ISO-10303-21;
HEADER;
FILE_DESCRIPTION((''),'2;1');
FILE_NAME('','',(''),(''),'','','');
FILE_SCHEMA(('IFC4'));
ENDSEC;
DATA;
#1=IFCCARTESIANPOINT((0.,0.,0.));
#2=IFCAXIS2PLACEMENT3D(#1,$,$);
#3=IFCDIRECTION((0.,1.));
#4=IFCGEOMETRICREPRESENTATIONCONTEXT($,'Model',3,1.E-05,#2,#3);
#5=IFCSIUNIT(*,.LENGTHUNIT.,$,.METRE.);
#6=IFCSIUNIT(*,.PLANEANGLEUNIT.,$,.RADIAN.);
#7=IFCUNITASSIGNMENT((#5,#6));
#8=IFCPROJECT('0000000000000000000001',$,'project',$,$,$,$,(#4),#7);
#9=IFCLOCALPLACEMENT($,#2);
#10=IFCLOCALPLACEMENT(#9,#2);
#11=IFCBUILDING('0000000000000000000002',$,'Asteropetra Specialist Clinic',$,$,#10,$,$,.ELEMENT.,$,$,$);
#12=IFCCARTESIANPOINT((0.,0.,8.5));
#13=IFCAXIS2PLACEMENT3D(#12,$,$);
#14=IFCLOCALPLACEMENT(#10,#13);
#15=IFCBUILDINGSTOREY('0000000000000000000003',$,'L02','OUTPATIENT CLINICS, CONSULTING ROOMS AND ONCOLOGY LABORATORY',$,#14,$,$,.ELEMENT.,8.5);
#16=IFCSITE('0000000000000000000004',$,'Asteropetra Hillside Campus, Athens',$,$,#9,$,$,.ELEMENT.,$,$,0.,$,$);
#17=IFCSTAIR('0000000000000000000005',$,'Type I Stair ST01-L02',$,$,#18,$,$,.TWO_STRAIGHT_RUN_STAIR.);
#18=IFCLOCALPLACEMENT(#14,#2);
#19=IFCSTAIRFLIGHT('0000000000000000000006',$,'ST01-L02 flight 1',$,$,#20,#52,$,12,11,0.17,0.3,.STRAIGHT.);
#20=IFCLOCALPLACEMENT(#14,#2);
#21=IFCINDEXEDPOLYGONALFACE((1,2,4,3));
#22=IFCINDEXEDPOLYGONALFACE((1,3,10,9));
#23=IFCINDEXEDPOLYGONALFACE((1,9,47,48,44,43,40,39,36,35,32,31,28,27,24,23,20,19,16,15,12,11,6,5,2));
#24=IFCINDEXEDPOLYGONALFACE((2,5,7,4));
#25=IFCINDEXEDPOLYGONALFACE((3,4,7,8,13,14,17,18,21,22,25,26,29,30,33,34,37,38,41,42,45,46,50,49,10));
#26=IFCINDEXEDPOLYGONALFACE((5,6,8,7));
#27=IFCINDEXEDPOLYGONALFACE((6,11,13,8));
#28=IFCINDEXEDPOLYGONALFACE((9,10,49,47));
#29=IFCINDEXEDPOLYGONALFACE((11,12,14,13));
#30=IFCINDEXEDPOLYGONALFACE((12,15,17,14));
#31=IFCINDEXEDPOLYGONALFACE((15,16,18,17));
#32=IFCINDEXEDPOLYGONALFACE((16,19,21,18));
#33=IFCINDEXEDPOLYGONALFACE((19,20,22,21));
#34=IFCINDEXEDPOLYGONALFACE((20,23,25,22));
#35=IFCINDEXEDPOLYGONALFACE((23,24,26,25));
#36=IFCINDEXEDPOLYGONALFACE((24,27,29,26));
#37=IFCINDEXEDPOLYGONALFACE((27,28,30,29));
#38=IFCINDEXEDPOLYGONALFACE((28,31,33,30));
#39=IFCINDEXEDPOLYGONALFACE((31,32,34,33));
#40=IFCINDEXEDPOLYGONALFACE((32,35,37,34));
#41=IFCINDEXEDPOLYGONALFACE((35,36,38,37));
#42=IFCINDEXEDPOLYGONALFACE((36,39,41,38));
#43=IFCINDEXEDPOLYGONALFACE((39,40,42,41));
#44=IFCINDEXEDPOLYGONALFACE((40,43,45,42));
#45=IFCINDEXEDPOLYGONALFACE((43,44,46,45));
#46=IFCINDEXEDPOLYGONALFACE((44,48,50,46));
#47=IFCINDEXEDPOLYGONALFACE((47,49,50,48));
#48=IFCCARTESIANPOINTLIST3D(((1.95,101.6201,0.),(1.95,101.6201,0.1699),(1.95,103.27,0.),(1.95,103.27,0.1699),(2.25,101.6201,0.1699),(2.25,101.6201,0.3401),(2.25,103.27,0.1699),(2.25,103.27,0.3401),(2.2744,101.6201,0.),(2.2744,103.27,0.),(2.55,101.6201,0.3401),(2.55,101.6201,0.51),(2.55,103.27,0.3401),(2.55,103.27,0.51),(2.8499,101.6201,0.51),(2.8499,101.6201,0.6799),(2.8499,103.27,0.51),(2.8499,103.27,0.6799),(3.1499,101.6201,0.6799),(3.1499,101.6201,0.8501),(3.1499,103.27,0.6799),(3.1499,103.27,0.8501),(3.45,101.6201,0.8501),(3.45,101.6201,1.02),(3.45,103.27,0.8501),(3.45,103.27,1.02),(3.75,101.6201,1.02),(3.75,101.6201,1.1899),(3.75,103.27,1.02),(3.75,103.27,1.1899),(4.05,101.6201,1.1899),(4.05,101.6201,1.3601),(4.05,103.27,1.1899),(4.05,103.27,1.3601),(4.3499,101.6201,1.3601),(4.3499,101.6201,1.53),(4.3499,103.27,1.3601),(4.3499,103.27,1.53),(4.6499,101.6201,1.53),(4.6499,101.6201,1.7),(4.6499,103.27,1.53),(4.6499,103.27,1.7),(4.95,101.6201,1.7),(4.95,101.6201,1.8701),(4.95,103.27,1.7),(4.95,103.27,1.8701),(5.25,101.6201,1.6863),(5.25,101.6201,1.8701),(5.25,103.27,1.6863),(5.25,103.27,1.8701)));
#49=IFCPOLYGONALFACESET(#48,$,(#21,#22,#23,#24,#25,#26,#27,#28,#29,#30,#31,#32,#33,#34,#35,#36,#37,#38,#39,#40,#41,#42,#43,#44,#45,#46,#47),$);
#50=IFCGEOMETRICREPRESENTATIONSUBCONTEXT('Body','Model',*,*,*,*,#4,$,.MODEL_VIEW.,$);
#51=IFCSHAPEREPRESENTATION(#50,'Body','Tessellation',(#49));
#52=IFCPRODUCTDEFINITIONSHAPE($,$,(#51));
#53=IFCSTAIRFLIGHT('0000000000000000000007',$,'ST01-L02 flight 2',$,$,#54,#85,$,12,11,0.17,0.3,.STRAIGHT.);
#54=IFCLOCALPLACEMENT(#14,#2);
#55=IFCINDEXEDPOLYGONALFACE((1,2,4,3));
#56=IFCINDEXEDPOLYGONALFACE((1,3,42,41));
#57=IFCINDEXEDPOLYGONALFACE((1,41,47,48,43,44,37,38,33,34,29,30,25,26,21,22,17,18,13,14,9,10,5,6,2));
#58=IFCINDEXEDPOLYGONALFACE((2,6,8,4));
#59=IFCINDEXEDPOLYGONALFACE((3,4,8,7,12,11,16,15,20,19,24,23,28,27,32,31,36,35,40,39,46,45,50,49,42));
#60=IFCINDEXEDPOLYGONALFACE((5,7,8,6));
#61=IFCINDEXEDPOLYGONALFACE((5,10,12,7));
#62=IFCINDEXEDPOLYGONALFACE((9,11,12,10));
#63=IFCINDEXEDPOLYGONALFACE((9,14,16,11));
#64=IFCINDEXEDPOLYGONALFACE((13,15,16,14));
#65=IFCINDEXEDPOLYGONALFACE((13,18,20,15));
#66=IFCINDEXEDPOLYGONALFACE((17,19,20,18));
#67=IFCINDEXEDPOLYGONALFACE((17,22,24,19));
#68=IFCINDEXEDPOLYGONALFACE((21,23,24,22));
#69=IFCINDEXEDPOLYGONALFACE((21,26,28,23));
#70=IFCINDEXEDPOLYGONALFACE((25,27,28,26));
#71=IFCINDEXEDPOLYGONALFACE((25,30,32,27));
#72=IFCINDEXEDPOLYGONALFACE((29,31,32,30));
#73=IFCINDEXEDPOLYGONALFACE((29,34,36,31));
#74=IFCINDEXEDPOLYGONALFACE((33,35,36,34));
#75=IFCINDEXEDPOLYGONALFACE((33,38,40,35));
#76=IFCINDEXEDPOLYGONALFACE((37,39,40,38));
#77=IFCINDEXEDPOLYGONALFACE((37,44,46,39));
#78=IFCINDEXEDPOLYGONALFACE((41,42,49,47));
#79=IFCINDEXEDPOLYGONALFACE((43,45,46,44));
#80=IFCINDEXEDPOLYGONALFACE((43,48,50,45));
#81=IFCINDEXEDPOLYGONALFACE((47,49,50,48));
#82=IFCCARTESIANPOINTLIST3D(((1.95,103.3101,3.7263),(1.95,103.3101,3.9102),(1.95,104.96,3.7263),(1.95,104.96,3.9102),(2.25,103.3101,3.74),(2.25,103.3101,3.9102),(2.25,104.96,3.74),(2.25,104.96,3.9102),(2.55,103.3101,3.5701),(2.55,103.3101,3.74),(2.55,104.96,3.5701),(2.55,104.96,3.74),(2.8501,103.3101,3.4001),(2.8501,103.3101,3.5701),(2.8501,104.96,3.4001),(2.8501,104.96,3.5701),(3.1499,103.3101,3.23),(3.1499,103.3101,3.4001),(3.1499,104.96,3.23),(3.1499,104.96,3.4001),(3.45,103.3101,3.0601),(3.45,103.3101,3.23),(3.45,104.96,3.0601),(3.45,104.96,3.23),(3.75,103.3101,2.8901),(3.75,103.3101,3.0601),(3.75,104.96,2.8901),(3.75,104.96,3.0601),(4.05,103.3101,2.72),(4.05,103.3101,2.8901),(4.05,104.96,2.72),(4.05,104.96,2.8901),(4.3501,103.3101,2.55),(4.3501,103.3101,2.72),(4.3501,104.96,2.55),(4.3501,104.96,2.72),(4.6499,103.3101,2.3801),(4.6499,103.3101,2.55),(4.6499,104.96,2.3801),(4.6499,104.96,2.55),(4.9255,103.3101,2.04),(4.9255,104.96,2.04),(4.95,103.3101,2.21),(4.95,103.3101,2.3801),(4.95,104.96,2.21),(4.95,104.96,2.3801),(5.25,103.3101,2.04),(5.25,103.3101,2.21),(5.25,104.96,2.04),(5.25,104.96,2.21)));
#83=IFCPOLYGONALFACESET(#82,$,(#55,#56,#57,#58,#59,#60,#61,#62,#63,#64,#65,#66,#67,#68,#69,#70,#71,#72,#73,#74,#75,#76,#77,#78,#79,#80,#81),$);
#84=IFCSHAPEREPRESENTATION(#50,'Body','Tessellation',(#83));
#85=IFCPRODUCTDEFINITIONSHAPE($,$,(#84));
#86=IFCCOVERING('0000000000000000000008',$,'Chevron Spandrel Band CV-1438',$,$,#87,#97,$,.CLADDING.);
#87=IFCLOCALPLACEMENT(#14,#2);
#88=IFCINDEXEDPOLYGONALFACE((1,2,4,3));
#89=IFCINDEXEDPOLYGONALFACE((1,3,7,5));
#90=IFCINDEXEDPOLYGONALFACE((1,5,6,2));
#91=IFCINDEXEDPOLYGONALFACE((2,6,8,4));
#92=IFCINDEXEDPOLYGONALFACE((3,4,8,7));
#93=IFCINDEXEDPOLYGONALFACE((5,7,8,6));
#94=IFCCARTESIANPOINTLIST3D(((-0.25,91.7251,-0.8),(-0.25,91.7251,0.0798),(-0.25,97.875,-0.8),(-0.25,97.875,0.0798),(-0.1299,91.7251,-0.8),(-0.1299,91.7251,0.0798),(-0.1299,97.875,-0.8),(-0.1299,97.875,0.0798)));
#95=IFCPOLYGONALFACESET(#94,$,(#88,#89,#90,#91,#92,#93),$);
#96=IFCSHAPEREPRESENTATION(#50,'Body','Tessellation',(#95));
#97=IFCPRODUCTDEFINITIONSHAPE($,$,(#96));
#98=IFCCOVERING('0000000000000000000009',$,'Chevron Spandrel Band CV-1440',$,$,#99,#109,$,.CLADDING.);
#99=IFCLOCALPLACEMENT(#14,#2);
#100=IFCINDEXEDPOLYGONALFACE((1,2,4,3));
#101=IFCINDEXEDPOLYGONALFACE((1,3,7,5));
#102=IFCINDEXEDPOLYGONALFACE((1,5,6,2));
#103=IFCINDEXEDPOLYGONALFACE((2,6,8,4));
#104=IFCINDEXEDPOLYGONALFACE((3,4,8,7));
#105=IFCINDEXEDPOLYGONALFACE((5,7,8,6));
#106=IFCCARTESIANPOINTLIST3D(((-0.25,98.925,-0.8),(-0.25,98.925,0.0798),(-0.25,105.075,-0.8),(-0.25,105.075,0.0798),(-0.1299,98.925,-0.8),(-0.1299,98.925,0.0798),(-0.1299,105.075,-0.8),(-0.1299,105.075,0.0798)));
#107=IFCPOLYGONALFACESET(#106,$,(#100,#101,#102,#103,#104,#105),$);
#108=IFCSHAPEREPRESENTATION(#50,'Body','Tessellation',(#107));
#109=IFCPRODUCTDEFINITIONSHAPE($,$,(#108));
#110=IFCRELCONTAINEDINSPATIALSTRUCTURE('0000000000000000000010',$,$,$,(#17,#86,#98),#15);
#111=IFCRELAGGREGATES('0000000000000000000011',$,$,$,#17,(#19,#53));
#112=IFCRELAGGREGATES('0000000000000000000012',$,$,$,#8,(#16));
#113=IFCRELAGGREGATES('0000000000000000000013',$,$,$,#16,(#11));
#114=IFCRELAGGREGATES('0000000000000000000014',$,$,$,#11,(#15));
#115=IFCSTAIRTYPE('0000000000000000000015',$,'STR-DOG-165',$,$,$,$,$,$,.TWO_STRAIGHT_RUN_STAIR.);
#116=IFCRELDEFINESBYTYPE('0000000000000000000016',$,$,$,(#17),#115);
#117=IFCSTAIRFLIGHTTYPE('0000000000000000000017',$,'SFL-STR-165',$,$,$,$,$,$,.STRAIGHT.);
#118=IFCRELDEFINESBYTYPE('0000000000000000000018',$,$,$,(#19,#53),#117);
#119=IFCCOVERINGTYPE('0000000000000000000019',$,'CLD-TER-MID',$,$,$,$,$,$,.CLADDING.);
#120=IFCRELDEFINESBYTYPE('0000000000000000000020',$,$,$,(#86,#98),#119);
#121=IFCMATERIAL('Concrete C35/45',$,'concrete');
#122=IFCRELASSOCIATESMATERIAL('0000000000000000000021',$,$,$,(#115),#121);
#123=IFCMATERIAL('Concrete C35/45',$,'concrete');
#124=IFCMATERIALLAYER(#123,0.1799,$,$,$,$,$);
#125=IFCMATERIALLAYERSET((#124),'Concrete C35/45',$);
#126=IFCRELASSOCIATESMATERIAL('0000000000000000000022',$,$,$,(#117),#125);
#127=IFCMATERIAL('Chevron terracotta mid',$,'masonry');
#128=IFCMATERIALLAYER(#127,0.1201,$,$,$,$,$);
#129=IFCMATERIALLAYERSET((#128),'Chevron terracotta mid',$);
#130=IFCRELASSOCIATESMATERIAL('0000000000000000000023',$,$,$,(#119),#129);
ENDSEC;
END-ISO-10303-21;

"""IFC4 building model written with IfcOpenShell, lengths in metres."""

from ifc_helpers import new_model, si_unit, direction, frame, origin, origin_2d, place, context, subcontext, project, spatial, polyline, rectangle, outline, extrude, material, layer, layer_set, type_object, element, aggregate, save


model = new_model("IFC4")

# Units and contexts
model_context = context("Model", 3, precision=1e-05, world=origin(), true_north=direction((0.0, 1.0)))
body_context = subcontext(model_context, "Body", "Model", "MODEL_VIEW")
ifc_project = project(units=[si_unit("LENGTHUNIT", "METRE"), si_unit("PLANEANGLEUNIT", "RADIAN")], contexts=[model_context])

# Site, building, storey
site_placement = place(None, origin())
site = spatial("IfcSite", under=ifc_project, at=site_placement, Name="Asteropetra Hillside Campus, Athens", CompositionType="ELEMENT", RefElevation=0.0)
building_placement = place(site_placement, origin())
building = spatial("IfcBuilding", under=site, at=building_placement, Name="Asteropetra Specialist Clinic", CompositionType="ELEMENT")
storey_placement = place(building_placement, frame((0.0, 0.0, 8.5)))
storey = spatial("IfcBuildingStorey", under=building, at=storey_placement, Name="L02", Description="OUTPATIENT CLINICS, CONSULTING ROOMS AND ONCOLOGY LABORATORY", CompositionType="ELEMENT", Elevation=8.5)

# Stair, stair flights
ifc_material_1 = material(Name="Concrete C35/45", Category="concrete")
stair_type = type_object("IfcStairType", Name="STR-DOG-165", PredefinedType="TWO_STRAIGHT_RUN_STAIR", material=ifc_material_1)
stair_placement = place(storey_placement, origin())
stair = element("IfcStair", 1, at=stair_placement, inside=storey, type_object=stair_type, Name="Type I Stair ST01-L02", PredefinedType="TWO_STRAIGHT_RUN_STAIR")
ifc_material_2 = material(Name="Concrete C35/45", Category="concrete")
ifc_layer_1 = layer(ifc_material_2, 0.1799)
ifc_layer_set_1 = layer_set([ifc_layer_1], Name="Concrete C35/45")
stair_flight_type = type_object("IfcStairFlightType", Name="SFL-STR-165", PredefinedType="STRAIGHT", material=ifc_layer_set_1)
stair_flight_1_placement = place(storey_placement, frame((1.95, 102.4451, 0.0), z_axis=(0.0, 0.0, 1.0), x_axis=(1.0, 0.0, 0.0)))
stair_flight_1 = element("IfcStairFlight", 2, at=stair_flight_1_placement, type_object=stair_flight_type, Name="ST01-L02 flight 1", NumberOfRisers=12, NumberOfTreads=11, PredefinedType="STRAIGHT", RiserHeight=0.17, TreadLength=0.3, context=body_context, shape_type="SweptSolid", body=[
    extrude(outline(polyline([(0.0, 0.0), (0.0, 0.1699), (0.3, 0.1699), (0.3, 0.3401), (0.6001, 0.3401), (0.6001, 0.51), (0.8999, 0.51), (0.8999, 0.6799), (1.2, 0.6799), (1.2, 0.8501), (1.5, 0.8501), (1.5, 1.02), (1.8, 1.02), (1.8, 1.1899), (2.1001, 1.1899), (2.1001, 1.3601), (2.3999, 1.3601), (2.3999, 1.53), (2.7, 1.53), (2.7, 1.7), (3.0, 1.7), (3.0, 1.8701), (3.3, 1.8701), (3.3, 2.04), (3.3, 1.6863), (0.3245, 0.0), (0.0, 0.0)])), frame((0.0, 0.825, 0.0), z_axis=(0.0, -1.0, 0.0), x_axis=(1.0, 0.0, 0.0)), (0.0, 0.0, 1.0), 1.6499),
])
stair_flight_2_placement = place(storey_placement, frame((5.25, 104.135, 2.04), z_axis=(0.0, 0.0, 1.0), x_axis=(-1.0, 0.0, 0.0)))
stair_flight_2 = element("IfcStairFlight", 3, at=stair_flight_2_placement, type_object=stair_flight_type, Name="ST01-L02 flight 2", NumberOfRisers=12, NumberOfTreads=11, PredefinedType="STRAIGHT", RiserHeight=0.17, TreadLength=0.3, context=body_context, shape_type="SweptSolid", body=[
    extrude(outline(polyline([(0.0, 0.0), (0.0, 0.1699), (0.3, 0.1699), (0.3, 0.3401), (0.6001, 0.3401), (0.6001, 0.51), (0.8999, 0.51), (0.8999, 0.6799), (1.2, 0.6799), (1.2, 0.8501), (1.5, 0.8501), (1.5, 1.02), (1.8, 1.02), (1.8, 1.1899), (2.1001, 1.1899), (2.1001, 1.3601), (2.3999, 1.3601), (2.3999, 1.53), (2.7, 1.53), (2.7, 1.7), (3.0, 1.7), (3.0, 1.8701), (3.3, 1.8701), (3.3, 2.04), (3.3, 1.6863), (0.3245, 0.0), (0.0, 0.0)])), frame((0.0, 0.825, 0.0), z_axis=(0.0, -1.0, 0.0), x_axis=(1.0, 0.0, 0.0)), (0.0, 0.0, 1.0), 1.6499),
])
aggregate(stair, [stair_flight_1, stair_flight_2])

# Coverings
ifc_material_3 = material(Name="Chevron terracotta mid", Category="masonry")
ifc_layer_2 = layer(ifc_material_3, 0.1201)
ifc_layer_set_2 = layer_set([ifc_layer_2], Name="Chevron terracotta mid")
covering_type = type_object("IfcCoveringType", Name="CLD-TER-MID", PredefinedType="CLADDING", material=ifc_layer_set_2)
for number, where, z_axis, x_axis, name in (
    (4, (-0.1899, 94.8, -0.8), (0.0, 0.0, 1.0), (1.0, 0.0, 0.0), "Chevron Spandrel Band CV-1438"),
    (5, (-0.1899, 102.0, -0.8), (0.0, 0.0, 1.0), (1.0, 0.0, 0.0), "Chevron Spandrel Band CV-1440"),
):
    element("IfcCovering", number, at=place(storey_placement, frame(where, z_axis=z_axis, x_axis=x_axis)), inside=storey, type_object=covering_type, Name=name, PredefinedType="CLADDING", context=body_context, shape_type="SweptSolid", body=[
        extrude(rectangle(XDim=0.1201, YDim=6.1499, at=origin_2d()), origin(), (0.0, 0.0, 1.0), 0.8799),
    ])

save(model, "model.ifc")
